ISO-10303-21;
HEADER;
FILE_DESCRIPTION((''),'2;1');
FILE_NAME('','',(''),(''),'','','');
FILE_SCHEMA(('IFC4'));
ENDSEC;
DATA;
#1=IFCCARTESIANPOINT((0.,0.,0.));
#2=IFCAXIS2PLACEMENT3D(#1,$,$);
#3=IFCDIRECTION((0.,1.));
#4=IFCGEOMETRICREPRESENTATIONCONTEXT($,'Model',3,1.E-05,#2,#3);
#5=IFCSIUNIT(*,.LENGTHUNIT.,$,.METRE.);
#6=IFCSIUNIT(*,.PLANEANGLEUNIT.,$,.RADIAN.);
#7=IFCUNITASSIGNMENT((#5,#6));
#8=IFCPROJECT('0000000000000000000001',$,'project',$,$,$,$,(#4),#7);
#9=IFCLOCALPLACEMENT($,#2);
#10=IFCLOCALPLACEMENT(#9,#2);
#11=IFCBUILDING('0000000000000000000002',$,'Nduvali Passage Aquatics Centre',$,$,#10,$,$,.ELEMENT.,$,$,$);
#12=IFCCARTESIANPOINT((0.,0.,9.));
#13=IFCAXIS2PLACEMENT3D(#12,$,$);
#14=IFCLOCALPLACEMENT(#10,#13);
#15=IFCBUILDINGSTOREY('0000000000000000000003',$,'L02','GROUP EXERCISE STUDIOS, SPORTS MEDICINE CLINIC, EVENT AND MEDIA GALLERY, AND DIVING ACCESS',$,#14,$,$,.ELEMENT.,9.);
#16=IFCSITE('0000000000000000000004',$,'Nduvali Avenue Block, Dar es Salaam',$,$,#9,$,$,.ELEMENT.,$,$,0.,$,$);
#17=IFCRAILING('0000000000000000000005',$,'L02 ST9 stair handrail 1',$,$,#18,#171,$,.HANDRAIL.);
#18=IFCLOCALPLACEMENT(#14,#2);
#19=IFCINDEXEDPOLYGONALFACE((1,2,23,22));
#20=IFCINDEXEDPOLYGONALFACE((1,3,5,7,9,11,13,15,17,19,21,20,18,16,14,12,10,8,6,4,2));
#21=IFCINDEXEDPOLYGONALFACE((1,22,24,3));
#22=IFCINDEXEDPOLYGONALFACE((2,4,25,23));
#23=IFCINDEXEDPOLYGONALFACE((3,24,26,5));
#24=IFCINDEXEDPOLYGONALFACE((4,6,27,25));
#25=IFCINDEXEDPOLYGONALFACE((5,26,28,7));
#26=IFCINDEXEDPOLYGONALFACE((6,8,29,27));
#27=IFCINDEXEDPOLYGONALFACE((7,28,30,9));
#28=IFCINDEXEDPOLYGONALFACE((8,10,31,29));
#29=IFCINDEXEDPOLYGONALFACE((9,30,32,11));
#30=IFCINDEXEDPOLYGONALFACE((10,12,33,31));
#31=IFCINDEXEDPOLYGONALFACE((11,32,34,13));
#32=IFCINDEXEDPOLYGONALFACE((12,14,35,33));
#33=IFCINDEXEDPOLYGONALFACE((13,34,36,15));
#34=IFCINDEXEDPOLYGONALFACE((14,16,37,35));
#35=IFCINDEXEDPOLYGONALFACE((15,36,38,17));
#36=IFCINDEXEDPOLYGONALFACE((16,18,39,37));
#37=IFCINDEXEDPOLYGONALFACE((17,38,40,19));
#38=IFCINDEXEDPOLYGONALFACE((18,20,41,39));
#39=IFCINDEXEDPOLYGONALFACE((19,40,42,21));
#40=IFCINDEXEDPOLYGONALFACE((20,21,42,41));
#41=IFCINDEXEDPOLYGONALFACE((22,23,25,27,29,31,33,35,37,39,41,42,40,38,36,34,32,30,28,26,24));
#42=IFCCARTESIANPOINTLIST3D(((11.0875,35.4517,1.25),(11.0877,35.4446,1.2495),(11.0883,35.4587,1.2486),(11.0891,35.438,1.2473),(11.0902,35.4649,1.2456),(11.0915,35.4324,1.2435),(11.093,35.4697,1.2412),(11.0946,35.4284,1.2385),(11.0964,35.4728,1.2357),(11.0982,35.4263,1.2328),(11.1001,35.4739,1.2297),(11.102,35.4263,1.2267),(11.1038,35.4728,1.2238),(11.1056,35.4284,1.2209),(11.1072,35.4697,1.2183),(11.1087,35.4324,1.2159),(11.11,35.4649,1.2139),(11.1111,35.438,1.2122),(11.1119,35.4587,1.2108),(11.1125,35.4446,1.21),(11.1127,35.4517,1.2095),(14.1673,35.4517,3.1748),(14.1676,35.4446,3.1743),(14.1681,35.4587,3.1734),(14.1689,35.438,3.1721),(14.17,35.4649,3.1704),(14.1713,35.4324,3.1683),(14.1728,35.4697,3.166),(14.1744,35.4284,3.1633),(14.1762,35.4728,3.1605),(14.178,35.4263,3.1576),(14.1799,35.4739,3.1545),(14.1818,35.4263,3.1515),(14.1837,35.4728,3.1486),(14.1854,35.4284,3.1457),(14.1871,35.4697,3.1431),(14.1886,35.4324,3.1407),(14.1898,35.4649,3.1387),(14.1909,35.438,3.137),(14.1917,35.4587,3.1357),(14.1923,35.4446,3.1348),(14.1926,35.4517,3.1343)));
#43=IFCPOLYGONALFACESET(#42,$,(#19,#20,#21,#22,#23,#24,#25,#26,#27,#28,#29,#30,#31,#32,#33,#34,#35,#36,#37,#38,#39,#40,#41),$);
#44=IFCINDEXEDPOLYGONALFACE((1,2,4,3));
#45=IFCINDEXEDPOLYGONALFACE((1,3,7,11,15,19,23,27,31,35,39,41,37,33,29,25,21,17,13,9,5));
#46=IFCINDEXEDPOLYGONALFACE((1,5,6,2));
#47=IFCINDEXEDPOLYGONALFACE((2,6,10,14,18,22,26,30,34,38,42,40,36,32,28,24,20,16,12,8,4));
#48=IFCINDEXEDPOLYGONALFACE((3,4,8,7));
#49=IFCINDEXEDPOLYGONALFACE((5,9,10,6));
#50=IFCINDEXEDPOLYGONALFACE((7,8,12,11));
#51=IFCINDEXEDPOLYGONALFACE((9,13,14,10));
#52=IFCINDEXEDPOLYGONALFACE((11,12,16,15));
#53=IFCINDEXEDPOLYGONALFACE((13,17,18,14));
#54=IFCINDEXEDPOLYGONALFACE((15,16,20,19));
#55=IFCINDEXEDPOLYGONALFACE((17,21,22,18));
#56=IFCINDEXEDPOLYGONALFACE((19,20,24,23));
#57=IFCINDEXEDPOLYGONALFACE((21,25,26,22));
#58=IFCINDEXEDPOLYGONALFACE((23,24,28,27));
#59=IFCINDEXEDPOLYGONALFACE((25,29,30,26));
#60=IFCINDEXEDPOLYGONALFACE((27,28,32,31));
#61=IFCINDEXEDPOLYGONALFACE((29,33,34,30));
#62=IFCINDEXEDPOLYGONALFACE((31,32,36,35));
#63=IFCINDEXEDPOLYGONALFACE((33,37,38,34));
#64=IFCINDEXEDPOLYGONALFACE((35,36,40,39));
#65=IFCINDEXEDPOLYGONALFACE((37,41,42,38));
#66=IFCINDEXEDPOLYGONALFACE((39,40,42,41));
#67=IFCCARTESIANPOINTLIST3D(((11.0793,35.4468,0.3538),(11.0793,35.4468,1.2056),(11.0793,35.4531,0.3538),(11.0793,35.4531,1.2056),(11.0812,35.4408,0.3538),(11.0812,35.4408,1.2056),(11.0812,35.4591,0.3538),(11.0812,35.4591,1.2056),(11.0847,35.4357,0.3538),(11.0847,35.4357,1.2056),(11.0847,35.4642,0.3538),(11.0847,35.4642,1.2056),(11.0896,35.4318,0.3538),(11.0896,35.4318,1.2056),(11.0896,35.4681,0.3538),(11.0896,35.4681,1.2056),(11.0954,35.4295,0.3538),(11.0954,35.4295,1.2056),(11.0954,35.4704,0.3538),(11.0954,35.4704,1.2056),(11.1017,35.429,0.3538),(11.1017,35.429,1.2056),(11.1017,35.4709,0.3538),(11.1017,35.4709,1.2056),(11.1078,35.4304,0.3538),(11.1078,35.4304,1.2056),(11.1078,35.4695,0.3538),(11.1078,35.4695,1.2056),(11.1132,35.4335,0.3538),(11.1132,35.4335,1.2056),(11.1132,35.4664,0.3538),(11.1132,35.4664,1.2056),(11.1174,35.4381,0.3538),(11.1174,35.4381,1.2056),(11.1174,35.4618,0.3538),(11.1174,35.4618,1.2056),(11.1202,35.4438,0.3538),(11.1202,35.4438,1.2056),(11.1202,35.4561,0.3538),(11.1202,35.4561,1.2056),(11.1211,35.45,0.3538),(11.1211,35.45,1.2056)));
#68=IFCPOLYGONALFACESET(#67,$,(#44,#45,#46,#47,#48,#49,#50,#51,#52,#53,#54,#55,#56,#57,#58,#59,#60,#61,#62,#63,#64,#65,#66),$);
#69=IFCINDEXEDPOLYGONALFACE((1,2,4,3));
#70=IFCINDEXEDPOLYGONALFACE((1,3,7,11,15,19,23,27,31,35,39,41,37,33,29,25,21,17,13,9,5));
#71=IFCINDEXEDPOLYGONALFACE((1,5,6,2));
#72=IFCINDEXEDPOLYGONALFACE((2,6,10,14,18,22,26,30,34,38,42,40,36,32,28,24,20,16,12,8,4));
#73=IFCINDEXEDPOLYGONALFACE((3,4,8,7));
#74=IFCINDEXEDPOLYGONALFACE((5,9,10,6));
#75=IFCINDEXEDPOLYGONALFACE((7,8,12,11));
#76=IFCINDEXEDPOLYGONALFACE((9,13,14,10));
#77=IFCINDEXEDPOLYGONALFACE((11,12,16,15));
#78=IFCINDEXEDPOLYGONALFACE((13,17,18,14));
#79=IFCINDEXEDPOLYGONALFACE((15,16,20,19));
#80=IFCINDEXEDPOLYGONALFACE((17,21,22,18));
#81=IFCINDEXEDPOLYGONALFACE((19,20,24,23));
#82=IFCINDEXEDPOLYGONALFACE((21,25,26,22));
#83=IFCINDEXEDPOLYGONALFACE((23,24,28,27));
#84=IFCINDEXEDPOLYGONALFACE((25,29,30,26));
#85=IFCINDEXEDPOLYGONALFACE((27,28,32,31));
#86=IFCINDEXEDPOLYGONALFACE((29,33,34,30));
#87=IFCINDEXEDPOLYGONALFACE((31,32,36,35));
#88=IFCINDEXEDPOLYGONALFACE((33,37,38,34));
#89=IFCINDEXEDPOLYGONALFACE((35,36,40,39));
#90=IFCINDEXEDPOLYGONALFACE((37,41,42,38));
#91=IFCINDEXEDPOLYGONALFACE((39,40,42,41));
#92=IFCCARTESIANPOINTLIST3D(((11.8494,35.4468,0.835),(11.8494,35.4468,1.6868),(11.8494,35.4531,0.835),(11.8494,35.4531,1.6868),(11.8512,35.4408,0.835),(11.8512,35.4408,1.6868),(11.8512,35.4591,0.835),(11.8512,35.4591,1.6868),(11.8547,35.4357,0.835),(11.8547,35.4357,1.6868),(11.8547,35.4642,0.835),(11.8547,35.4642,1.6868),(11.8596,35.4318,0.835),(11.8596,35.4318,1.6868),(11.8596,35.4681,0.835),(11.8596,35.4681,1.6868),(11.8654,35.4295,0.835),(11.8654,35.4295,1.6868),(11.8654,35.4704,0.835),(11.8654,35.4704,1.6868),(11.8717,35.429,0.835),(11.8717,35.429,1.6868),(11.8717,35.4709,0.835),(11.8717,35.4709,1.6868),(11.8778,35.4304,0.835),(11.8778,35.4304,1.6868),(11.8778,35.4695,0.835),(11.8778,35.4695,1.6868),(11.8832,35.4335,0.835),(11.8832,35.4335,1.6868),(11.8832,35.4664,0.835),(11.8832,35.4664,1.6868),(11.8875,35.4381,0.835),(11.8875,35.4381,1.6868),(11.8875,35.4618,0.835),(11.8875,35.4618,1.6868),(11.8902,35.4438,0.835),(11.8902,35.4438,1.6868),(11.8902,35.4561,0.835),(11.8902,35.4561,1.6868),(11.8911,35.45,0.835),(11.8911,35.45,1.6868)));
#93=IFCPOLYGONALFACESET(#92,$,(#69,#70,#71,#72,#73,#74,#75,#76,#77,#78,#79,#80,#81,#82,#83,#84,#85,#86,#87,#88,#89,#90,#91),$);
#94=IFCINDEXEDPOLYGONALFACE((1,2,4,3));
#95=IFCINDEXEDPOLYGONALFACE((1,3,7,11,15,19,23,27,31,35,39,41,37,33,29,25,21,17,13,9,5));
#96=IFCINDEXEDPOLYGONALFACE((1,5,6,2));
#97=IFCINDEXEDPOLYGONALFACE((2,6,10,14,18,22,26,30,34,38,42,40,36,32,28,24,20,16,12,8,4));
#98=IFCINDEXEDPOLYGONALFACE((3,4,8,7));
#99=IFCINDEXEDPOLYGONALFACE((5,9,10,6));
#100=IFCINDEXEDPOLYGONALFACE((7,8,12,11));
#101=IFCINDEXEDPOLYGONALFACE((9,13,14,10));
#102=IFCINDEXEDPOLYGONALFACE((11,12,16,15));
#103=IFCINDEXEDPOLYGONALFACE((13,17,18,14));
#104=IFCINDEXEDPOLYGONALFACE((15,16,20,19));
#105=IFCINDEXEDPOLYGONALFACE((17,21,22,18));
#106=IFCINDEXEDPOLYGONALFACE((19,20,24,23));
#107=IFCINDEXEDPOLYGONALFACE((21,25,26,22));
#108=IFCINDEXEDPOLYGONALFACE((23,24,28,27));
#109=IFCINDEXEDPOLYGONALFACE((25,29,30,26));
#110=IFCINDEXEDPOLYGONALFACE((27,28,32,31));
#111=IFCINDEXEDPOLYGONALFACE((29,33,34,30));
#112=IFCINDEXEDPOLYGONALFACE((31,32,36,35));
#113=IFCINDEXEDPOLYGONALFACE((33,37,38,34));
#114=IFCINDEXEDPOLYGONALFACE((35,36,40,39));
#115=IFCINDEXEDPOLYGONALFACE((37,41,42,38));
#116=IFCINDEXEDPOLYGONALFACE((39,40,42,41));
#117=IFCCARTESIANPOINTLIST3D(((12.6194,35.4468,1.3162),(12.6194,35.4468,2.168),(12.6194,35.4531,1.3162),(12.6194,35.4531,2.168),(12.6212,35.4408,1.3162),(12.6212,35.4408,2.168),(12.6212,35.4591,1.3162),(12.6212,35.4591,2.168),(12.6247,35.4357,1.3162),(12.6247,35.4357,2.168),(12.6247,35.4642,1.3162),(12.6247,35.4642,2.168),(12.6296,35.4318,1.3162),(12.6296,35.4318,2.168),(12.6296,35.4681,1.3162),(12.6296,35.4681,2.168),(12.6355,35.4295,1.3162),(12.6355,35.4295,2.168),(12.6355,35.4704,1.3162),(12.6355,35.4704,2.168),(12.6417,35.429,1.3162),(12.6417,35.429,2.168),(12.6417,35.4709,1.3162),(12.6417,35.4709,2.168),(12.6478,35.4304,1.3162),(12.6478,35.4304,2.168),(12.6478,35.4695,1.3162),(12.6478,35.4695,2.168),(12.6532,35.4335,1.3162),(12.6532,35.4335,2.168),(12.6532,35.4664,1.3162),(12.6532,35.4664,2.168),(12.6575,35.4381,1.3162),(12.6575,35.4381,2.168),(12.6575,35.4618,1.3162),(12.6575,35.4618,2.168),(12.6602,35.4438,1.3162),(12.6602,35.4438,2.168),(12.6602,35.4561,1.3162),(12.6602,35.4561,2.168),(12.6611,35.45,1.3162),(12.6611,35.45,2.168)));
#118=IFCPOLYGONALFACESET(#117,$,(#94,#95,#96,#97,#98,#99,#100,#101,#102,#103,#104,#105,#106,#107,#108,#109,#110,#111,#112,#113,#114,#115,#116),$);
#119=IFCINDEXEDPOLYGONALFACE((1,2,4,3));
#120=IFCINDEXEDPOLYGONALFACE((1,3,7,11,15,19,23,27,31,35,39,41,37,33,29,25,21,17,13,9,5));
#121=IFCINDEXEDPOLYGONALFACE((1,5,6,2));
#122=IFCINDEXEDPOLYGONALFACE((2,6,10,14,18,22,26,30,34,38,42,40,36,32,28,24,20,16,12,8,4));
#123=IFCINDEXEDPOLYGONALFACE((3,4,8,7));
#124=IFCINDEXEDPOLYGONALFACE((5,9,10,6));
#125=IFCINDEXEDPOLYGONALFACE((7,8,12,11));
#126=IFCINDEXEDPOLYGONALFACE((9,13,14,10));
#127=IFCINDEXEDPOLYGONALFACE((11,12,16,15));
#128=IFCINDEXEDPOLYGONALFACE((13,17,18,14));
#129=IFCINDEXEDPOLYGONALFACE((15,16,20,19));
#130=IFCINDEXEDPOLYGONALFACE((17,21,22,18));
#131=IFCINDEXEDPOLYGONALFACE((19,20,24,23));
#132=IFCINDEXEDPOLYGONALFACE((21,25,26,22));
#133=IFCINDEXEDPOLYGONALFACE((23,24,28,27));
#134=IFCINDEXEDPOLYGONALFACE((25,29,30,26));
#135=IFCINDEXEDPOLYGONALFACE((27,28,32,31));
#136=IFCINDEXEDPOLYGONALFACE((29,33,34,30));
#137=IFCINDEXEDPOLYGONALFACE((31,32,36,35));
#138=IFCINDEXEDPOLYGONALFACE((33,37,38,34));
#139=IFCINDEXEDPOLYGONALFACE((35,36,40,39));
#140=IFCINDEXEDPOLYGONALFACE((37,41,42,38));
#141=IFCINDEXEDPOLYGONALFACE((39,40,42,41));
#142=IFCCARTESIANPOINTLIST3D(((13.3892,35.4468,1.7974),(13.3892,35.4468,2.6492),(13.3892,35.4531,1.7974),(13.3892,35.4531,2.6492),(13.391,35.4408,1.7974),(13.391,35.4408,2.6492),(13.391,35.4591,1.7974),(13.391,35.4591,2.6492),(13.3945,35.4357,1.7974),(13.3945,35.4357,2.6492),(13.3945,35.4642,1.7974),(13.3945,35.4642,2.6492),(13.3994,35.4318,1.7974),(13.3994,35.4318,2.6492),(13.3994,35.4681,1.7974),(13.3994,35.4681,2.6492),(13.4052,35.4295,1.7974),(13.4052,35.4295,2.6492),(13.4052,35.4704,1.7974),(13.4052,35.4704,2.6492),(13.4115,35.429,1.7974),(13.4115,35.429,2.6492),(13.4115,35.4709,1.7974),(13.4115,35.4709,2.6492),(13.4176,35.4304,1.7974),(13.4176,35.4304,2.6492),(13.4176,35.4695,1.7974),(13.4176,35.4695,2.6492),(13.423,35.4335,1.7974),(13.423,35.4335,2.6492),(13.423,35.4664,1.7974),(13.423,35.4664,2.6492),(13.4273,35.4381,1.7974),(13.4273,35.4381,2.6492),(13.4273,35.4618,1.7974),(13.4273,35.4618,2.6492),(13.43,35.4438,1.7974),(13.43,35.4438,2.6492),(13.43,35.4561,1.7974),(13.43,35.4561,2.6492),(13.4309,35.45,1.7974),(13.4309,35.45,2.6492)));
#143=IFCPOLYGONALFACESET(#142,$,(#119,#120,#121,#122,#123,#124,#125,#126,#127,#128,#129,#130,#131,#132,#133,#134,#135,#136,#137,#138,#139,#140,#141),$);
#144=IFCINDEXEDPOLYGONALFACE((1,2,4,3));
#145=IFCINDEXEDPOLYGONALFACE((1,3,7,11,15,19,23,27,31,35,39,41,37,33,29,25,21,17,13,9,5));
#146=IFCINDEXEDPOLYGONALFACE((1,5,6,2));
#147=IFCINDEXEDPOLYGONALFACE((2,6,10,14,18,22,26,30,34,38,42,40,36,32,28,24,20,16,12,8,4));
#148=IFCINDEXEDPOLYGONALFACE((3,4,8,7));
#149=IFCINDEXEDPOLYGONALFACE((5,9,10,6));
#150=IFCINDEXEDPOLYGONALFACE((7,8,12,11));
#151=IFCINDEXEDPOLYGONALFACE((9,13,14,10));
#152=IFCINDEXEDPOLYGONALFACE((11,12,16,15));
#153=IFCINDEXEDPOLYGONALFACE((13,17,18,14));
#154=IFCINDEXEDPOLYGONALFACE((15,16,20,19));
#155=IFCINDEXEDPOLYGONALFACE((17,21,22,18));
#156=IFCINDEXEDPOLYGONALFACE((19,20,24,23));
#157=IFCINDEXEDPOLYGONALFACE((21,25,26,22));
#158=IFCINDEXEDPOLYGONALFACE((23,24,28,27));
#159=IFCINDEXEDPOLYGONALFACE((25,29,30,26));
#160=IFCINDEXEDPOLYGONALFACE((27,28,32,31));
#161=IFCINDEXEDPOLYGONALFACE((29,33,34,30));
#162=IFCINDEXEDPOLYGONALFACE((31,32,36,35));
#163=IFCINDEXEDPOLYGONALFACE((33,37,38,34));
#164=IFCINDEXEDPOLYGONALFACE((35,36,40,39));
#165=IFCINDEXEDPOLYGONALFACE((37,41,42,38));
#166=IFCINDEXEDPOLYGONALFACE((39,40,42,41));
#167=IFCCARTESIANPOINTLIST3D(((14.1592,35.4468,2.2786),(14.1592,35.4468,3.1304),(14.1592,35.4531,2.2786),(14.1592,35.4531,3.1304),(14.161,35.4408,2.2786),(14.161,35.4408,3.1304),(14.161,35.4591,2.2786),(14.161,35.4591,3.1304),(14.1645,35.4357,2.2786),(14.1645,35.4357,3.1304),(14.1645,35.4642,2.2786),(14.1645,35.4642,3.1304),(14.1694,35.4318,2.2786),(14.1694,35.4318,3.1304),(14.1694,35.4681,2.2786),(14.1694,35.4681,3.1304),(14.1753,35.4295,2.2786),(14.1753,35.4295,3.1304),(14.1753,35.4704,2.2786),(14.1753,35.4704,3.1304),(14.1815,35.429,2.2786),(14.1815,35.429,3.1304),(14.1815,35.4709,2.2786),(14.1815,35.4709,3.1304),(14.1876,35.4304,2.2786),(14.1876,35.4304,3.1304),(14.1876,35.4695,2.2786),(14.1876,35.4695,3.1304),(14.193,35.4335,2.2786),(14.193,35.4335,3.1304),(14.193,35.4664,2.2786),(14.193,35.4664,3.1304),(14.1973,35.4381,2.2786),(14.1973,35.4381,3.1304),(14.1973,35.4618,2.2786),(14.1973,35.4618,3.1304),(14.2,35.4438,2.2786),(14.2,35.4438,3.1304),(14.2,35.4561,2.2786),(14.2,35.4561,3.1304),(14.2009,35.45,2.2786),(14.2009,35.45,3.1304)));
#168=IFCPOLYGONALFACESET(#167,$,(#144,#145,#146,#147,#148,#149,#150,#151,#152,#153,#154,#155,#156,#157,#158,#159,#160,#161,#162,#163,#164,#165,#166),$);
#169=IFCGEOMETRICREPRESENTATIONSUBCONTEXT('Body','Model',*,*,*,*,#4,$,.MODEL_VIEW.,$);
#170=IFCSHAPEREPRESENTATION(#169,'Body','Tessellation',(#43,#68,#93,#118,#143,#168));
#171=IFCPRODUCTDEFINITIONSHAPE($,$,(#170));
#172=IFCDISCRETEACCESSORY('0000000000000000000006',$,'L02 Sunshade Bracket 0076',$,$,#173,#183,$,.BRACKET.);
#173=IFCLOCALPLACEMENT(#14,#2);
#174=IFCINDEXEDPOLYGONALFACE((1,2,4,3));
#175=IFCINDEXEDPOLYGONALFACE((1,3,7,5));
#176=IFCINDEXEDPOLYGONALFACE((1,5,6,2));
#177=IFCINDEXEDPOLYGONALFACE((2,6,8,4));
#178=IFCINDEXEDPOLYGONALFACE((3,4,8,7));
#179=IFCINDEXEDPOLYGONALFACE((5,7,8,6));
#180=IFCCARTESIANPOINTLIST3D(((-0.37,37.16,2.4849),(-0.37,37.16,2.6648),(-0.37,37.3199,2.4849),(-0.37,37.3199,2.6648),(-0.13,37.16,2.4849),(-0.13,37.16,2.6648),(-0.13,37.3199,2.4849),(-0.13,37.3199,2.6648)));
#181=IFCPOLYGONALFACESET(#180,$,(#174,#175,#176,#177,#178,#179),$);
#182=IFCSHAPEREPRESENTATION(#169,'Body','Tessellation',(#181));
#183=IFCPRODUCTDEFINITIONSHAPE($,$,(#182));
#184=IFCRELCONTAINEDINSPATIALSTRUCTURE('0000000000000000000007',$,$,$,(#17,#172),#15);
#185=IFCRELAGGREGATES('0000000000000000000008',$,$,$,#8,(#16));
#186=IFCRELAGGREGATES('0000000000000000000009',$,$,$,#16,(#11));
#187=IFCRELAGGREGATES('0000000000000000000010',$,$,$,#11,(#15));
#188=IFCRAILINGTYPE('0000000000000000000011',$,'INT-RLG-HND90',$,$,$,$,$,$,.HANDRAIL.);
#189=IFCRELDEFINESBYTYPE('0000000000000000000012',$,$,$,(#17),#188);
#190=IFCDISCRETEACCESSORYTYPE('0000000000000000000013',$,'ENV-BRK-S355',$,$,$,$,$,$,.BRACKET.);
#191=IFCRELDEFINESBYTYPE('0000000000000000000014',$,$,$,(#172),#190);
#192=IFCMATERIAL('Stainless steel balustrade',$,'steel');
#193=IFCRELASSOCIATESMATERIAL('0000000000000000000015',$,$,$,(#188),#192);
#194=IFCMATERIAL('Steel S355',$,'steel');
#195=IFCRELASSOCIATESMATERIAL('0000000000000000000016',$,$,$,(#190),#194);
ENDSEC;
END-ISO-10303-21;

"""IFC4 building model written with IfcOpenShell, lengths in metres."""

from ifc_helpers import new_model, si_unit, direction, frame, origin, origin_2d, place, context, subcontext, project, spatial, rectangle, circle, extrude, material, type_object, element, save


model = new_model("IFC4")

# Units and contexts
model_context = context("Model", 3, precision=1e-05, world=origin(), true_north=direction((0.0, 1.0)))
body_context = subcontext(model_context, "Body", "Model", "MODEL_VIEW")
ifc_project = project(units=[si_unit("LENGTHUNIT", "METRE"), si_unit("PLANEANGLEUNIT", "RADIAN")], contexts=[model_context])

# Site, building, storey
site_placement = place(None, origin())
site = spatial("IfcSite", under=ifc_project, at=site_placement, Name="Nduvali Avenue Block, Dar es Salaam", CompositionType="ELEMENT", RefElevation=0.0)
building_placement = place(site_placement, origin())
building = spatial("IfcBuilding", under=site, at=building_placement, Name="Nduvali Passage Aquatics Centre", CompositionType="ELEMENT")
storey_placement = place(building_placement, frame((0.0, 0.0, 9.0)))
storey = spatial("IfcBuildingStorey", under=building, at=storey_placement, Name="L02", Description="GROUP EXERCISE STUDIOS, SPORTS MEDICINE CLINIC, EVENT AND MEDIA GALLERY, AND DIVING ACCESS", CompositionType="ELEMENT", Elevation=9.0)

# Shared definitions
ifc_material_1 = material(Name="Steel S355", Category="steel")

# Railing
ifc_material_2 = material(Name="Stainless steel balustrade", Category="steel")
railing_type_1 = type_object("IfcRailingType", Name="INT-RLG-HND90", PredefinedType="HANDRAIL", material=ifc_material_2)
railing_1_placement = place(storey_placement, frame((11.1001, 35.45, 0.3538)))
element("IfcRailing", 1, at=railing_1_placement, inside=storey, type_object=railing_type_1, Name="L02 ST9 stair handrail 1", PredefinedType="HANDRAIL", context=body_context, shape_type="SweptSolid", body=[
    extrude(circle(Radius=0.0239, at=origin_2d()), frame((0.0, 0.0, 0.876), z_axis=(0.84801, 0.0, 0.529981), x_axis=(0.0, 1.0, 0.0)), (0.0, 0.0, 1.0), 3.6318),
    extrude(circle(Radius=0.021, at=origin_2d()), origin(), (0.0, 0.0, 1.0), 0.8518),
    extrude(circle(Radius=0.021, at=origin_2d()), frame((0.77, 0.0, 0.4812)), (0.0, 0.0, 1.0), 0.8518),
    extrude(circle(Radius=0.021, at=origin_2d()), frame((1.54, 0.0, 0.9624)), (0.0, 0.0, 1.0), 0.8518),
    extrude(circle(Radius=0.021, at=origin_2d()), frame((2.3098, 0.0, 1.4436)), (0.0, 0.0, 1.0), 0.8518),
    extrude(circle(Radius=0.021, at=origin_2d()), frame((3.0798, 0.0, 1.9248)), (0.0, 0.0, 1.0), 0.8518),
])

# Discrete accessory
discrete_accessory_type = type_object("IfcDiscreteAccessoryType", Name="ENV-BRK-S355", PredefinedType="BRACKET", material=ifc_material_1)
discrete_accessory_placement = place(storey_placement, frame((-0.25, 37.24, 2.4849), z_axis=(0.0, 0.0, 1.0), x_axis=(0.0, -1.0, 0.0)))
element("IfcDiscreteAccessory", 2, at=discrete_accessory_placement, inside=storey, type_object=discrete_accessory_type, Name="L02 Sunshade Bracket 0076", PredefinedType="BRACKET", context=body_context, shape_type="SweptSolid", body=[
    extrude(rectangle(XDim=0.1599, YDim=0.24, at=origin_2d()), origin(), (0.0, 0.0, 1.0), 0.1799),
])

save(model, "model.ifc")
